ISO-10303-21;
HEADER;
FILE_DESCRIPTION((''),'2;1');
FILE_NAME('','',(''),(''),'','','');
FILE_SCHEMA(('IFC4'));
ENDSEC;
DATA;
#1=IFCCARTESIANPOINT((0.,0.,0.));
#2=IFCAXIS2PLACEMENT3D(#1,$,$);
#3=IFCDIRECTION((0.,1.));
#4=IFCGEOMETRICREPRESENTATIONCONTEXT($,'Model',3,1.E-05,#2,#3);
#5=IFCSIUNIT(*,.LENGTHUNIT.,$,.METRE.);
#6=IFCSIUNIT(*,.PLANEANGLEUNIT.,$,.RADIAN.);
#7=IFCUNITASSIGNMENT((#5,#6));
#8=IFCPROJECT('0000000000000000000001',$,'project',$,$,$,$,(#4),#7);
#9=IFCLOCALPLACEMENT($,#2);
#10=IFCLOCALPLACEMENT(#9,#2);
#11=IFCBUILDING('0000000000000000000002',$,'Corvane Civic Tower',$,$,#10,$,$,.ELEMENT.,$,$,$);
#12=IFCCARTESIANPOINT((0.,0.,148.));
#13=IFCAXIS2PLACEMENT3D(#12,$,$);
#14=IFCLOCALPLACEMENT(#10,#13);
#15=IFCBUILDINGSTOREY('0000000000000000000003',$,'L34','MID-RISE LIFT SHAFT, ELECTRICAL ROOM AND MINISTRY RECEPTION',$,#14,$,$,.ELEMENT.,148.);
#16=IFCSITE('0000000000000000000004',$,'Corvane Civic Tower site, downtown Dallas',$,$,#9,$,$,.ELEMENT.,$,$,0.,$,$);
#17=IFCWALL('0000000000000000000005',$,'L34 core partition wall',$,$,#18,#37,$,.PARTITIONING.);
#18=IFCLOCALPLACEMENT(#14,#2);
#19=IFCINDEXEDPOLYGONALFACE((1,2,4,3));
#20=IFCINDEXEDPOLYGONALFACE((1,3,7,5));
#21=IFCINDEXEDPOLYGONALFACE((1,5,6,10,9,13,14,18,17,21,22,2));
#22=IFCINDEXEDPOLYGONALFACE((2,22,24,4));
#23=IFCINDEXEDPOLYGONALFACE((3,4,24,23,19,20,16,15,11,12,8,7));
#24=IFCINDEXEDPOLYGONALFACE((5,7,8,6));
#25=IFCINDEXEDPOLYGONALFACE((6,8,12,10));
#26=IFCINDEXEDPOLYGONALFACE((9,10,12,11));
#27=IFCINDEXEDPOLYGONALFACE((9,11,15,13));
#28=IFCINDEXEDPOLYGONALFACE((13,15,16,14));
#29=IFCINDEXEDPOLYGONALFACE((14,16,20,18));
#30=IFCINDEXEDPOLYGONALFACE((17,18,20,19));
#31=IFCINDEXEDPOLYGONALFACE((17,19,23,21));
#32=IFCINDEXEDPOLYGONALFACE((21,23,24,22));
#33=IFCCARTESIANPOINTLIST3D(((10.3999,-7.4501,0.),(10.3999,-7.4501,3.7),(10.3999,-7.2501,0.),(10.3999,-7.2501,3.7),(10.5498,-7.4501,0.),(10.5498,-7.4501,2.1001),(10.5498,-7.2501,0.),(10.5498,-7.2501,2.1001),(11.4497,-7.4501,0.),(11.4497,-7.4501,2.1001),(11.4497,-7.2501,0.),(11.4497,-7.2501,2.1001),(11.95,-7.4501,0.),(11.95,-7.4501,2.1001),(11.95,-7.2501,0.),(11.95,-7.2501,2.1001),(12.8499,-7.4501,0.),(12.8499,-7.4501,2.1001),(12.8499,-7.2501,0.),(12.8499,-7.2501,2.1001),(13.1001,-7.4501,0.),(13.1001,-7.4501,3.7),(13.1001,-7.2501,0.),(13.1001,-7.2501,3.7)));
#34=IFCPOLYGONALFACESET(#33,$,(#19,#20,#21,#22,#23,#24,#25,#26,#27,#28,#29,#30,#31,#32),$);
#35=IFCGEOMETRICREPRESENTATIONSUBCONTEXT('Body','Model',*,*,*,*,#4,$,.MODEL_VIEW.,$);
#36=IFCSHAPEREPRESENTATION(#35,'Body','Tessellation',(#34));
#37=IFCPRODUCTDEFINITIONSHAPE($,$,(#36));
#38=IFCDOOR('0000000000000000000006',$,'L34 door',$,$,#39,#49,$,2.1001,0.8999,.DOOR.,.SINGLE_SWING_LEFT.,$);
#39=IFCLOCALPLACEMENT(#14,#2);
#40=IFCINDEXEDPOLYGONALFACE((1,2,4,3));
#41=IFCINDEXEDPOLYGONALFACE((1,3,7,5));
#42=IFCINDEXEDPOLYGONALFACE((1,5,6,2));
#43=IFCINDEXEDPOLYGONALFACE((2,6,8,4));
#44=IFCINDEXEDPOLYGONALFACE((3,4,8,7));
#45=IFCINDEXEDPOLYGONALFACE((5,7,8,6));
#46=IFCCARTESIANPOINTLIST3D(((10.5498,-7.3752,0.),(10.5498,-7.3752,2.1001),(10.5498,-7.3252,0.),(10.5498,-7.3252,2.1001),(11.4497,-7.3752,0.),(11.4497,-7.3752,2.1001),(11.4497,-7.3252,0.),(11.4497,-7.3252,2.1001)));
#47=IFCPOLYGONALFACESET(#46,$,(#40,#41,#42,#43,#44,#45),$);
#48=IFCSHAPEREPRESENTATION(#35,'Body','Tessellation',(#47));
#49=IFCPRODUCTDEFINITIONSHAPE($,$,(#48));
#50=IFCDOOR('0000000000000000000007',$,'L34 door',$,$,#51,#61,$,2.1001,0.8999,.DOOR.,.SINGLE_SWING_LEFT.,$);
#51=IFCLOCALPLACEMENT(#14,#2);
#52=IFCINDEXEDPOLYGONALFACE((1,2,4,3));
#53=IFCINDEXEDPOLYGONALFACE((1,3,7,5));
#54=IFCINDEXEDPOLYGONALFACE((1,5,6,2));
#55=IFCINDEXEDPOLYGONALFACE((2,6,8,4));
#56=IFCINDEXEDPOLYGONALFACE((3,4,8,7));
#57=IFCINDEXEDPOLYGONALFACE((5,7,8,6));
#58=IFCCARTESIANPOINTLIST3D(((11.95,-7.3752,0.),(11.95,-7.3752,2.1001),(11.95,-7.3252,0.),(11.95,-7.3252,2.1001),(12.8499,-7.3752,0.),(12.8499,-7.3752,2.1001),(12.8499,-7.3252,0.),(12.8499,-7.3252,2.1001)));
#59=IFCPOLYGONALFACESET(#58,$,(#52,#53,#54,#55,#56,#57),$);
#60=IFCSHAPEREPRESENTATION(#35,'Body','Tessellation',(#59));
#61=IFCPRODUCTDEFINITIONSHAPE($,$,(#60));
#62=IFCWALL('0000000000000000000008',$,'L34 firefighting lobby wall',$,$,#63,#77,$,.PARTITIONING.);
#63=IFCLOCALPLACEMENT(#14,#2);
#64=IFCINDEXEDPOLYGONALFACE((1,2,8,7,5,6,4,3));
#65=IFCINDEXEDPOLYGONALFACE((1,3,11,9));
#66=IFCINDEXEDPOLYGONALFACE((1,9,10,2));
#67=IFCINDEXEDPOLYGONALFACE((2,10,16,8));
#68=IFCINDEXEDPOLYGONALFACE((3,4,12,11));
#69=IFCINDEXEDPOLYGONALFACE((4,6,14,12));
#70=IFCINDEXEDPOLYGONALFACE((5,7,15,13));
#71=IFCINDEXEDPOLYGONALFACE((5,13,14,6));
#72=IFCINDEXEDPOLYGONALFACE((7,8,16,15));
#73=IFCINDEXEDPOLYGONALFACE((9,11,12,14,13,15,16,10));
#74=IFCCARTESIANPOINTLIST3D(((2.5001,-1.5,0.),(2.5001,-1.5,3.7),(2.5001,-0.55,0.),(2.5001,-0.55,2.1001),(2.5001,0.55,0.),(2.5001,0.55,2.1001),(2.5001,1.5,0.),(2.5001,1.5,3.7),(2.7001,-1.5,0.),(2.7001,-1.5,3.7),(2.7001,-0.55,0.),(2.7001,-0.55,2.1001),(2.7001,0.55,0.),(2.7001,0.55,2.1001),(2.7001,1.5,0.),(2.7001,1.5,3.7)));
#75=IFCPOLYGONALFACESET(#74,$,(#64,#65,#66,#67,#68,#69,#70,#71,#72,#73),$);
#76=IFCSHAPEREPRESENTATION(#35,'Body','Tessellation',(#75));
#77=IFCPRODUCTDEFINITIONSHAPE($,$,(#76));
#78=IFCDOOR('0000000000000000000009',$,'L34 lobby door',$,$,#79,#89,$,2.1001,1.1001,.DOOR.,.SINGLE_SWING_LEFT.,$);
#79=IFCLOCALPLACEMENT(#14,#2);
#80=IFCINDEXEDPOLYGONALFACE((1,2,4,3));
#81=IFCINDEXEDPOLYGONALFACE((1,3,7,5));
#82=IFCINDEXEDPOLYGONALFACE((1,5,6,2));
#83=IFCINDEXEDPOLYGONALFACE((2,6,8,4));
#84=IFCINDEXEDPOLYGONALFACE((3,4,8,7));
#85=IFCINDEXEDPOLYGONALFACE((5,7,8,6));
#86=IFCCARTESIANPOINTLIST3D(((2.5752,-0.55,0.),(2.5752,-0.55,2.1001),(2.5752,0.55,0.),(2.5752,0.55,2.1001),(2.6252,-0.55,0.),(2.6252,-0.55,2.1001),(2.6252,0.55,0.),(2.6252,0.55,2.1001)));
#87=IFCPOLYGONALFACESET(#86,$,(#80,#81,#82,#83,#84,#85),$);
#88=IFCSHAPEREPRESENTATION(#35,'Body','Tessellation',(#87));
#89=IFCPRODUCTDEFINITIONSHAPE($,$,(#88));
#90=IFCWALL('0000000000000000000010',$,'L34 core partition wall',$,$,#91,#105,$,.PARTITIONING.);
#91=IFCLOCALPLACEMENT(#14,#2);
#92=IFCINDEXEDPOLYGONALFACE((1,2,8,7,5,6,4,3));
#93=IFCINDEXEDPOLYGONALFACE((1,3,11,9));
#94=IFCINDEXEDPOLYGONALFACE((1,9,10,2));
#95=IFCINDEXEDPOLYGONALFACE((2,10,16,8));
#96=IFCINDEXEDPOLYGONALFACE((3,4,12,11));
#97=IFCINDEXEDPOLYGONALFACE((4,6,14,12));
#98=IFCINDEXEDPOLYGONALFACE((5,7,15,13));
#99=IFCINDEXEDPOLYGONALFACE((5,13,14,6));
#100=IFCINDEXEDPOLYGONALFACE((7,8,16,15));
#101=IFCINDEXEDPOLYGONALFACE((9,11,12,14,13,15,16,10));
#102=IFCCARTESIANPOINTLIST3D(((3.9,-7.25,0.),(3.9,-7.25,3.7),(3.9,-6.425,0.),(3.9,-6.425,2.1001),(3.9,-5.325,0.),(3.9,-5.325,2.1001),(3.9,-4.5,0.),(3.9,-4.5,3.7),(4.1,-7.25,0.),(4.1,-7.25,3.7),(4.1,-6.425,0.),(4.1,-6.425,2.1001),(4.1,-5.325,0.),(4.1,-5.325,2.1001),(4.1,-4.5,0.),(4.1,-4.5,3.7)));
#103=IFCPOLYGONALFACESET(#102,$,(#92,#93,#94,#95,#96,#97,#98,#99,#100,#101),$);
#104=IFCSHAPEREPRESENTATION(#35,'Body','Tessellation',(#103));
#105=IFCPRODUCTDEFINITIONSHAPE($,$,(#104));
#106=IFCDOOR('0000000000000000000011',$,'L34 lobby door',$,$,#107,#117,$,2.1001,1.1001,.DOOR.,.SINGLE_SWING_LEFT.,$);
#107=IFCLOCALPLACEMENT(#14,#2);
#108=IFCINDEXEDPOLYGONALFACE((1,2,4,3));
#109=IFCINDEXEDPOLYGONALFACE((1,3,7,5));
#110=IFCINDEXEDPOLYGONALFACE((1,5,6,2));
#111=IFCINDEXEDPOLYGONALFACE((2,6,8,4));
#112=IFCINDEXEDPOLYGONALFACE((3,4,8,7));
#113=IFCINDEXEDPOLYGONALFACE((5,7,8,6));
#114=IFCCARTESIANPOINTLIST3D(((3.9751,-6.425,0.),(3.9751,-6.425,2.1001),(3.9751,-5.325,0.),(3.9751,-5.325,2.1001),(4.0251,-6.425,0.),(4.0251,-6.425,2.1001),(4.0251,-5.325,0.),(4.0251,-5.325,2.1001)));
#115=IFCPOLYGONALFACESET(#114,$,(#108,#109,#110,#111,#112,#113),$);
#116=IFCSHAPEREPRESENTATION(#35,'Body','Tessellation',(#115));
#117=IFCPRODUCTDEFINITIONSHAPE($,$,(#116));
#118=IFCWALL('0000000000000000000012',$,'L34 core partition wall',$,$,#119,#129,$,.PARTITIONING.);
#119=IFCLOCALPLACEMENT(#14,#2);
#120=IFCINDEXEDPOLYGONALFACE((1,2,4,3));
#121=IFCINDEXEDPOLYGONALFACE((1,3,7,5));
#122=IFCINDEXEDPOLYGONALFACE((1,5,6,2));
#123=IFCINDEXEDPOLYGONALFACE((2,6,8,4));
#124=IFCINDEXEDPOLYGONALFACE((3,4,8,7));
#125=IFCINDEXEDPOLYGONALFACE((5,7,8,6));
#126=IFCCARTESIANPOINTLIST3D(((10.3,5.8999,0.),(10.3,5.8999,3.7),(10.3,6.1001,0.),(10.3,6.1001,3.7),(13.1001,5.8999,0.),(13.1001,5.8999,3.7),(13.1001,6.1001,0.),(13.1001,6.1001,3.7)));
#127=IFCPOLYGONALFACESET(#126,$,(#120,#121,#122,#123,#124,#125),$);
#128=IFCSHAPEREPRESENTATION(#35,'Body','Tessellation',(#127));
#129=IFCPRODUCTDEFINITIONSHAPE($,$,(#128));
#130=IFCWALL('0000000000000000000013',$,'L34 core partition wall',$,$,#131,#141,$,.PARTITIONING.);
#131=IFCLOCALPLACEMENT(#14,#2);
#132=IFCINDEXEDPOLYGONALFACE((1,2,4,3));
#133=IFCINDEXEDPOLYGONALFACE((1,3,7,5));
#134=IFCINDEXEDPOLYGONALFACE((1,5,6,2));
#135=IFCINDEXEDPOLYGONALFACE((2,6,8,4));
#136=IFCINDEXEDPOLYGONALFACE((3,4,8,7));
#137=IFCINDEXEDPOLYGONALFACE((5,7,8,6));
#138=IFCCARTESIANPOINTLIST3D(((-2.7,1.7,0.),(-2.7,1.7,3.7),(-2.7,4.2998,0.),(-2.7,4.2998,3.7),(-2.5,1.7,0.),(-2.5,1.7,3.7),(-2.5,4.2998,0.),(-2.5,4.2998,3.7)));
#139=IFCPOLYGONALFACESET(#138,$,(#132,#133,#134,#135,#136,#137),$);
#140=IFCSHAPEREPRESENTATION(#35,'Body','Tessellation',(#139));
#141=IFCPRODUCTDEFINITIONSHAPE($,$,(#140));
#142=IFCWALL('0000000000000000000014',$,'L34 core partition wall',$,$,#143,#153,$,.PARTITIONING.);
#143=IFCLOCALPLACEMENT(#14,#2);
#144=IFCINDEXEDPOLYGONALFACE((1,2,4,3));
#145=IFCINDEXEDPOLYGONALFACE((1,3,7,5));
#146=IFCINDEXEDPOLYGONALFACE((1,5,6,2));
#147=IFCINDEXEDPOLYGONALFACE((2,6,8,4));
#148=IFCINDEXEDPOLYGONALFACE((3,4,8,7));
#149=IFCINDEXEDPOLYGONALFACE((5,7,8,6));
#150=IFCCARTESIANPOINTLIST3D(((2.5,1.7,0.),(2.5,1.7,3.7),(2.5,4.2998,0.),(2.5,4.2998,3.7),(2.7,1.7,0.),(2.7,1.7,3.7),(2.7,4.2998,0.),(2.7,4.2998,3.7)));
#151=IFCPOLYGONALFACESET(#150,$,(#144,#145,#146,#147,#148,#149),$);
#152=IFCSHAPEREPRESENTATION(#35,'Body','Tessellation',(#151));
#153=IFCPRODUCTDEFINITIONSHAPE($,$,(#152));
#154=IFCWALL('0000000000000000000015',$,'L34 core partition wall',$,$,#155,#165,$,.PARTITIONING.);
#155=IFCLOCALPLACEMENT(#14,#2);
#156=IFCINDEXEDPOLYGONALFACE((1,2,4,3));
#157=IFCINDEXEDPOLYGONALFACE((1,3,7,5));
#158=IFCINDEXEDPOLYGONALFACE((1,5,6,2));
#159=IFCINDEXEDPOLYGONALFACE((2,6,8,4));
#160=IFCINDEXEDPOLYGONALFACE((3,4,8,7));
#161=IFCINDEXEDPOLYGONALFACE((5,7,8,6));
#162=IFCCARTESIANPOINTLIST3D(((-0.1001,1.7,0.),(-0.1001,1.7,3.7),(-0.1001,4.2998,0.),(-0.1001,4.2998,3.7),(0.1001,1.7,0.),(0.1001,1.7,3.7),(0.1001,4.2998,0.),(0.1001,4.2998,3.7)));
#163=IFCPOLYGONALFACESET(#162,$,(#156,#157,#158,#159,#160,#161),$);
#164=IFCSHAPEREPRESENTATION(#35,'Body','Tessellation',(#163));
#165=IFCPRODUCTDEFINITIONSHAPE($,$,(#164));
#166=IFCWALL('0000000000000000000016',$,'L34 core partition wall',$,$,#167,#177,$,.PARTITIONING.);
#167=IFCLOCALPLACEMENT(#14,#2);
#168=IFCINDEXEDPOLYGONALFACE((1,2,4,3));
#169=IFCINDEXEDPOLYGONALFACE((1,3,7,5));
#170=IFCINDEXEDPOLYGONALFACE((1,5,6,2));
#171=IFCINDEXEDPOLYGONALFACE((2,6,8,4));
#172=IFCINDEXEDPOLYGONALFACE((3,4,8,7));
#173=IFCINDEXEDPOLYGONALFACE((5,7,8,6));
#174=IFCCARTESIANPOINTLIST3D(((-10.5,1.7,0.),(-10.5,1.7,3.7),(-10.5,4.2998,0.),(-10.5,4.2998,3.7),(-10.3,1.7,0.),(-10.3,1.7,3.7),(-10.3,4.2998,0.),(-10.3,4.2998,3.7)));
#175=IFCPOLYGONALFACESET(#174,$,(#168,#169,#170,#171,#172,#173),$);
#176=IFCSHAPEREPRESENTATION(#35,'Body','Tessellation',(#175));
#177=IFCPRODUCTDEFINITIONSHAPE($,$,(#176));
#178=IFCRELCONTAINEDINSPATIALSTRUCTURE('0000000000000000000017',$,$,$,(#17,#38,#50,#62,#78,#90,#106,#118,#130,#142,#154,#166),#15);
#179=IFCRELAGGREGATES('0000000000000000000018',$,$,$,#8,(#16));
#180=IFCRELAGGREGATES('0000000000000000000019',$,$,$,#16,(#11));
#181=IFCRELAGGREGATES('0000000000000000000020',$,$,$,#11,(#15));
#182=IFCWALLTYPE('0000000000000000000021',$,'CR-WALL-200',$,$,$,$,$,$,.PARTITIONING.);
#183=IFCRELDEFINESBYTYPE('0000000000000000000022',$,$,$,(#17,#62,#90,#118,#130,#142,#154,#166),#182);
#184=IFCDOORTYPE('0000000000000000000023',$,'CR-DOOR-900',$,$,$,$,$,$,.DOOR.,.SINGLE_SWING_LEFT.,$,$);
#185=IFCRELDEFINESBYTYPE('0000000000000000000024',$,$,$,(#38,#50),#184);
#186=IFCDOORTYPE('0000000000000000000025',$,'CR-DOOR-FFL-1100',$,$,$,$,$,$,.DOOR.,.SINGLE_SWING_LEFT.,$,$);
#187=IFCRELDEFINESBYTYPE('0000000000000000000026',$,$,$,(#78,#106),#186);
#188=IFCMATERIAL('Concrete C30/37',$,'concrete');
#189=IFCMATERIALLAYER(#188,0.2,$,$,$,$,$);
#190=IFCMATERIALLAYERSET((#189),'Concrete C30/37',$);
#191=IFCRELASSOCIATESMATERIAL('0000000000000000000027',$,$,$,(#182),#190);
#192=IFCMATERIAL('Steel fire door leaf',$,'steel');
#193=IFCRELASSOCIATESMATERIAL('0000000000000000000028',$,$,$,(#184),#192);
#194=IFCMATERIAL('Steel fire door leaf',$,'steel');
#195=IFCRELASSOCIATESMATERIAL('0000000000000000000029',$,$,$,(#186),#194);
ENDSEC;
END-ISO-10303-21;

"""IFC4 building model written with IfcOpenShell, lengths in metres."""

from ifc_helpers import new_model, si_unit, direction, frame, frame_2d, origin, place, context, subcontext, project, spatial, polyline, rectangle, outline, extrude, material, layer, layer_set, type_object, element, fill, save


model = new_model("IFC4")

# Units and contexts
model_context = context("Model", 3, precision=1e-05, world=origin(), true_north=direction((0.0, 1.0)))
body_context = subcontext(model_context, "Body", "Model", "MODEL_VIEW")
ifc_project = project(units=[si_unit("LENGTHUNIT", "METRE"), si_unit("PLANEANGLEUNIT", "RADIAN")], contexts=[model_context])

# Site, building, storey
site_placement = place(None, origin())
site = spatial("IfcSite", under=ifc_project, at=site_placement, Name="Corvane Civic Tower site, downtown Dallas", CompositionType="ELEMENT", RefElevation=0.0)
building_placement = place(site_placement, origin())
building = spatial("IfcBuilding", under=site, at=building_placement, Name="Corvane Civic Tower", CompositionType="ELEMENT")
storey_placement = place(building_placement, frame((0.0, 0.0, 148.0)))
storey = spatial("IfcBuildingStorey", under=building, at=storey_placement, Name="L34", Description="MID-RISE LIFT SHAFT, ELECTRICAL ROOM AND MINISTRY RECEPTION", CompositionType="ELEMENT", Elevation=148.0)

# Wall, openings, doors
ifc_material_1 = material(Name="Concrete C30/37", Category="concrete")
ifc_layer = layer(ifc_material_1, 0.2)
ifc_layer_set = layer_set([ifc_layer], Name="Concrete C30/37")
wall_type = type_object("IfcWallType", Name="CR-WALL-200", PredefinedType="PARTITIONING", material=ifc_layer_set)
wall_1_placement = place(storey_placement, frame((10.3999, -7.3501, 0.0), z_axis=(0.0, 0.0, 1.0), x_axis=(1.0, 0.0, 0.0)))
wall_1 = element("IfcWall", 1, at=wall_1_placement, inside=storey, type_object=wall_type, Name="L34 core partition wall", PredefinedType="PARTITIONING", context=body_context, shape_type="SweptSolid", body=[
    extrude(rectangle(XDim=2.7002, YDim=0.2, at=frame_2d((1.3501, 0.0))), origin(), (0.0, 0.0, 1.0), 3.7),
])
opening_1_placement = place(wall_1_placement, frame((0.1499, 0.0, 0.0)))
opening_1 = element("IfcOpeningElement", 2, at=opening_1_placement, cuts=wall_1, PredefinedType="OPENING", context=body_context, shape_type="SweptSolid", body=[
    extrude(rectangle(XDim=0.8999, YDim=2.1001, at=frame_2d((0.45, 1.05))), frame((0.0, 0.1099, 0.0), z_axis=(0.0, -1.0, 0.0), x_axis=(1.0, 0.0, 0.0)), (0.0, 0.0, 1.0), 0.22),
])
opening_2_placement = place(wall_1_placement, frame((1.55, 0.0, 0.0)))
opening_2 = element("IfcOpeningElement", 3, at=opening_2_placement, cuts=wall_1, PredefinedType="OPENING", context=body_context, shape_type="SweptSolid", body=[
    extrude(rectangle(XDim=0.8999, YDim=2.1001, at=frame_2d((0.45, 1.05))), frame((0.0, 0.1099, 0.0), z_axis=(0.0, -1.0, 0.0), x_axis=(1.0, 0.0, 0.0)), (0.0, 0.0, 1.0), 0.22),
])
ifc_material_2 = material(Name="Steel fire door leaf", Category="steel")
door_type_1 = type_object("IfcDoorType", Name="CR-DOOR-900", OperationType="SINGLE_SWING_LEFT", PredefinedType="DOOR", material=ifc_material_2)
door_1_placement = place(opening_1_placement, origin())
door_1 = element("IfcDoor", 4, at=door_1_placement, inside=storey, type_object=door_type_1, Name="L34 door", OperationType="SINGLE_SWING_LEFT", OverallHeight=2.1001, OverallWidth=0.8999, PredefinedType="DOOR", context=body_context, shape_type="SweptSolid", body=[
    extrude(rectangle(XDim=0.8999, YDim=2.1001, at=frame_2d((0.45, 1.05))), frame((0.0, 0.0249, 0.0), z_axis=(0.0, -1.0, 0.0), x_axis=(1.0, 0.0, 0.0)), (0.0, 0.0, 1.0), 0.05),
])
fill(opening_1, door_1)
door_2_placement = place(opening_2_placement, origin())
door_2 = element("IfcDoor", 5, at=door_2_placement, inside=storey, type_object=door_type_1, Name="L34 door", OperationType="SINGLE_SWING_LEFT", OverallHeight=2.1001, OverallWidth=0.8999, PredefinedType="DOOR", context=body_context, shape_type="SweptSolid", body=[
    extrude(rectangle(XDim=0.8999, YDim=2.1001, at=frame_2d((0.45, 1.05))), frame((0.0, 0.0249, 0.0), z_axis=(0.0, -1.0, 0.0), x_axis=(1.0, 0.0, 0.0)), (0.0, 0.0, 1.0), 0.05),
])
fill(opening_2, door_2)

# Walls, openings, doors
wall_2_placement = place(storey_placement, frame((2.6001, -1.5, 0.0), z_axis=(0.0, 0.0, 1.0), x_axis=(0.0, 1.0, 0.0)))
wall_2 = element("IfcWall", 6, at=wall_2_placement, inside=storey, type_object=wall_type, Name="L34 firefighting lobby wall", PredefinedType="PARTITIONING", context=body_context, shape_type="SweptSolid", body=[
    extrude(rectangle(XDim=3.0, YDim=0.2, at=frame_2d((1.5, 0.0))), origin(), (0.0, 0.0, 1.0), 3.7),
])
opening_3_placement = place(wall_2_placement, frame((0.95, 0.0, 0.0)))
opening_3 = element("IfcOpeningElement", 7, at=opening_3_placement, cuts=wall_2, PredefinedType="OPENING", context=body_context, shape_type="SweptSolid", body=[
    extrude(rectangle(XDim=1.1001, YDim=2.1001, at=frame_2d((0.55, 1.05))), frame((0.0, 0.1099, 0.0), z_axis=(0.0, -1.0, 0.0), x_axis=(1.0, 0.0, 0.0)), (0.0, 0.0, 1.0), 0.22),
])
ifc_material_3 = material(Name="Steel fire door leaf", Category="steel")
door_type_2 = type_object("IfcDoorType", Name="CR-DOOR-FFL-1100", OperationType="SINGLE_SWING_LEFT", PredefinedType="DOOR", material=ifc_material_3)
door_3_placement = place(opening_3_placement, origin())
door_3 = element("IfcDoor", 8, at=door_3_placement, inside=storey, type_object=door_type_2, Name="L34 lobby door", OperationType="SINGLE_SWING_LEFT", OverallHeight=2.1001, OverallWidth=1.1001, PredefinedType="DOOR", context=body_context, shape_type="SweptSolid", body=[
    extrude(rectangle(XDim=1.1001, YDim=2.1001, at=frame_2d((0.55, 1.05))), frame((0.0, 0.0249, 0.0), z_axis=(0.0, -1.0, 0.0), x_axis=(1.0, 0.0, 0.0)), (0.0, 0.0, 1.0), 0.05),
])
fill(opening_3, door_3)
wall_3_placement = place(storey_placement, frame((4.0, -7.25, 0.0), z_axis=(0.0, 0.0, 1.0), x_axis=(0.0, 1.0, 0.0)))
wall_3 = element("IfcWall", 9, at=wall_3_placement, inside=storey, type_object=wall_type, Name="L34 core partition wall", PredefinedType="PARTITIONING", context=body_context, shape_type="SweptSolid", body=[
    extrude(rectangle(XDim=2.75, YDim=0.2, at=frame_2d((1.375, 0.0))), origin(), (0.0, 0.0, 1.0), 3.7),
])
opening_4_placement = place(wall_3_placement, frame((0.825, 0.0, 0.0)))
opening_4 = element("IfcOpeningElement", 10, at=opening_4_placement, cuts=wall_3, PredefinedType="OPENING", context=body_context, shape_type="SweptSolid", body=[
    extrude(rectangle(XDim=1.1001, YDim=2.1001, at=frame_2d((0.55, 1.05))), frame((0.0, 0.1099, 0.0), z_axis=(0.0, -1.0, 0.0), x_axis=(1.0, 0.0, 0.0)), (0.0, 0.0, 1.0), 0.22),
])
door_4_placement = place(opening_4_placement, origin())
door_4 = element("IfcDoor", 11, at=door_4_placement, inside=storey, type_object=door_type_2, Name="L34 lobby door", OperationType="SINGLE_SWING_LEFT", OverallHeight=2.1001, OverallWidth=1.1001, PredefinedType="DOOR", context=body_context, shape_type="SweptSolid", body=[
    extrude(rectangle(XDim=1.1001, YDim=2.1001, at=frame_2d((0.55, 1.05))), frame((0.0, 0.0249, 0.0), z_axis=(0.0, -1.0, 0.0), x_axis=(1.0, 0.0, 0.0)), (0.0, 0.0, 1.0), 0.05),
])
fill(opening_4, door_4)

# Walls
wall_4_placement = place(storey_placement, origin())
element("IfcWall", 12, at=wall_4_placement, inside=storey, type_object=wall_type, Name="L34 core partition wall", PredefinedType="PARTITIONING", context=body_context, shape_type="SweptSolid", body=[
    extrude(outline(polyline([(13.1001, 5.8999), (10.3, 5.8999), (10.3, 6.1001), (13.1001, 6.1001), (13.1001, 5.8999)])), origin(), (0.0, 0.0, 1.0), 3.7),
])
wall_5_placement = place(storey_placement, origin())
element("IfcWall", 13, at=wall_5_placement, inside=storey, type_object=wall_type, Name="L34 core partition wall", PredefinedType="PARTITIONING", context=body_context, shape_type="SweptSolid", body=[
    extrude(outline(polyline([(-2.5, 1.7), (-2.7, 1.7), (-2.7, 4.2998), (-2.5, 4.2998), (-2.5, 1.7)])), origin(), (0.0, 0.0, 1.0), 3.7),
])
wall_6_placement = place(storey_placement, origin())
element("IfcWall", 14, at=wall_6_placement, inside=storey, type_object=wall_type, Name="L34 core partition wall", PredefinedType="PARTITIONING", context=body_context, shape_type="SweptSolid", body=[
    extrude(outline(polyline([(2.7, 1.7), (2.5, 1.7), (2.5, 4.2998), (2.7, 4.2998), (2.7, 1.7)])), origin(), (0.0, 0.0, 1.0), 3.7),
])
wall_7_placement = place(storey_placement, origin())
element("IfcWall", 15, at=wall_7_placement, inside=storey, type_object=wall_type, Name="L34 core partition wall", PredefinedType="PARTITIONING", context=body_context, shape_type="SweptSolid", body=[
    extrude(outline(polyline([(0.1001, 1.7), (-0.1001, 1.7), (-0.1001, 4.2998), (0.1001, 4.2998), (0.1001, 1.7)])), origin(), (0.0, 0.0, 1.0), 3.7),
])
wall_8_placement = place(storey_placement, origin())
element("IfcWall", 16, at=wall_8_placement, inside=storey, type_object=wall_type, Name="L34 core partition wall", PredefinedType="PARTITIONING", context=body_context, shape_type="SweptSolid", body=[
    extrude(outline(polyline([(-10.3, 1.7), (-10.5, 1.7), (-10.5, 4.2998), (-10.3, 4.2998), (-10.3, 1.7)])), origin(), (0.0, 0.0, 1.0), 3.7),
])

save(model, "model.ifc")
